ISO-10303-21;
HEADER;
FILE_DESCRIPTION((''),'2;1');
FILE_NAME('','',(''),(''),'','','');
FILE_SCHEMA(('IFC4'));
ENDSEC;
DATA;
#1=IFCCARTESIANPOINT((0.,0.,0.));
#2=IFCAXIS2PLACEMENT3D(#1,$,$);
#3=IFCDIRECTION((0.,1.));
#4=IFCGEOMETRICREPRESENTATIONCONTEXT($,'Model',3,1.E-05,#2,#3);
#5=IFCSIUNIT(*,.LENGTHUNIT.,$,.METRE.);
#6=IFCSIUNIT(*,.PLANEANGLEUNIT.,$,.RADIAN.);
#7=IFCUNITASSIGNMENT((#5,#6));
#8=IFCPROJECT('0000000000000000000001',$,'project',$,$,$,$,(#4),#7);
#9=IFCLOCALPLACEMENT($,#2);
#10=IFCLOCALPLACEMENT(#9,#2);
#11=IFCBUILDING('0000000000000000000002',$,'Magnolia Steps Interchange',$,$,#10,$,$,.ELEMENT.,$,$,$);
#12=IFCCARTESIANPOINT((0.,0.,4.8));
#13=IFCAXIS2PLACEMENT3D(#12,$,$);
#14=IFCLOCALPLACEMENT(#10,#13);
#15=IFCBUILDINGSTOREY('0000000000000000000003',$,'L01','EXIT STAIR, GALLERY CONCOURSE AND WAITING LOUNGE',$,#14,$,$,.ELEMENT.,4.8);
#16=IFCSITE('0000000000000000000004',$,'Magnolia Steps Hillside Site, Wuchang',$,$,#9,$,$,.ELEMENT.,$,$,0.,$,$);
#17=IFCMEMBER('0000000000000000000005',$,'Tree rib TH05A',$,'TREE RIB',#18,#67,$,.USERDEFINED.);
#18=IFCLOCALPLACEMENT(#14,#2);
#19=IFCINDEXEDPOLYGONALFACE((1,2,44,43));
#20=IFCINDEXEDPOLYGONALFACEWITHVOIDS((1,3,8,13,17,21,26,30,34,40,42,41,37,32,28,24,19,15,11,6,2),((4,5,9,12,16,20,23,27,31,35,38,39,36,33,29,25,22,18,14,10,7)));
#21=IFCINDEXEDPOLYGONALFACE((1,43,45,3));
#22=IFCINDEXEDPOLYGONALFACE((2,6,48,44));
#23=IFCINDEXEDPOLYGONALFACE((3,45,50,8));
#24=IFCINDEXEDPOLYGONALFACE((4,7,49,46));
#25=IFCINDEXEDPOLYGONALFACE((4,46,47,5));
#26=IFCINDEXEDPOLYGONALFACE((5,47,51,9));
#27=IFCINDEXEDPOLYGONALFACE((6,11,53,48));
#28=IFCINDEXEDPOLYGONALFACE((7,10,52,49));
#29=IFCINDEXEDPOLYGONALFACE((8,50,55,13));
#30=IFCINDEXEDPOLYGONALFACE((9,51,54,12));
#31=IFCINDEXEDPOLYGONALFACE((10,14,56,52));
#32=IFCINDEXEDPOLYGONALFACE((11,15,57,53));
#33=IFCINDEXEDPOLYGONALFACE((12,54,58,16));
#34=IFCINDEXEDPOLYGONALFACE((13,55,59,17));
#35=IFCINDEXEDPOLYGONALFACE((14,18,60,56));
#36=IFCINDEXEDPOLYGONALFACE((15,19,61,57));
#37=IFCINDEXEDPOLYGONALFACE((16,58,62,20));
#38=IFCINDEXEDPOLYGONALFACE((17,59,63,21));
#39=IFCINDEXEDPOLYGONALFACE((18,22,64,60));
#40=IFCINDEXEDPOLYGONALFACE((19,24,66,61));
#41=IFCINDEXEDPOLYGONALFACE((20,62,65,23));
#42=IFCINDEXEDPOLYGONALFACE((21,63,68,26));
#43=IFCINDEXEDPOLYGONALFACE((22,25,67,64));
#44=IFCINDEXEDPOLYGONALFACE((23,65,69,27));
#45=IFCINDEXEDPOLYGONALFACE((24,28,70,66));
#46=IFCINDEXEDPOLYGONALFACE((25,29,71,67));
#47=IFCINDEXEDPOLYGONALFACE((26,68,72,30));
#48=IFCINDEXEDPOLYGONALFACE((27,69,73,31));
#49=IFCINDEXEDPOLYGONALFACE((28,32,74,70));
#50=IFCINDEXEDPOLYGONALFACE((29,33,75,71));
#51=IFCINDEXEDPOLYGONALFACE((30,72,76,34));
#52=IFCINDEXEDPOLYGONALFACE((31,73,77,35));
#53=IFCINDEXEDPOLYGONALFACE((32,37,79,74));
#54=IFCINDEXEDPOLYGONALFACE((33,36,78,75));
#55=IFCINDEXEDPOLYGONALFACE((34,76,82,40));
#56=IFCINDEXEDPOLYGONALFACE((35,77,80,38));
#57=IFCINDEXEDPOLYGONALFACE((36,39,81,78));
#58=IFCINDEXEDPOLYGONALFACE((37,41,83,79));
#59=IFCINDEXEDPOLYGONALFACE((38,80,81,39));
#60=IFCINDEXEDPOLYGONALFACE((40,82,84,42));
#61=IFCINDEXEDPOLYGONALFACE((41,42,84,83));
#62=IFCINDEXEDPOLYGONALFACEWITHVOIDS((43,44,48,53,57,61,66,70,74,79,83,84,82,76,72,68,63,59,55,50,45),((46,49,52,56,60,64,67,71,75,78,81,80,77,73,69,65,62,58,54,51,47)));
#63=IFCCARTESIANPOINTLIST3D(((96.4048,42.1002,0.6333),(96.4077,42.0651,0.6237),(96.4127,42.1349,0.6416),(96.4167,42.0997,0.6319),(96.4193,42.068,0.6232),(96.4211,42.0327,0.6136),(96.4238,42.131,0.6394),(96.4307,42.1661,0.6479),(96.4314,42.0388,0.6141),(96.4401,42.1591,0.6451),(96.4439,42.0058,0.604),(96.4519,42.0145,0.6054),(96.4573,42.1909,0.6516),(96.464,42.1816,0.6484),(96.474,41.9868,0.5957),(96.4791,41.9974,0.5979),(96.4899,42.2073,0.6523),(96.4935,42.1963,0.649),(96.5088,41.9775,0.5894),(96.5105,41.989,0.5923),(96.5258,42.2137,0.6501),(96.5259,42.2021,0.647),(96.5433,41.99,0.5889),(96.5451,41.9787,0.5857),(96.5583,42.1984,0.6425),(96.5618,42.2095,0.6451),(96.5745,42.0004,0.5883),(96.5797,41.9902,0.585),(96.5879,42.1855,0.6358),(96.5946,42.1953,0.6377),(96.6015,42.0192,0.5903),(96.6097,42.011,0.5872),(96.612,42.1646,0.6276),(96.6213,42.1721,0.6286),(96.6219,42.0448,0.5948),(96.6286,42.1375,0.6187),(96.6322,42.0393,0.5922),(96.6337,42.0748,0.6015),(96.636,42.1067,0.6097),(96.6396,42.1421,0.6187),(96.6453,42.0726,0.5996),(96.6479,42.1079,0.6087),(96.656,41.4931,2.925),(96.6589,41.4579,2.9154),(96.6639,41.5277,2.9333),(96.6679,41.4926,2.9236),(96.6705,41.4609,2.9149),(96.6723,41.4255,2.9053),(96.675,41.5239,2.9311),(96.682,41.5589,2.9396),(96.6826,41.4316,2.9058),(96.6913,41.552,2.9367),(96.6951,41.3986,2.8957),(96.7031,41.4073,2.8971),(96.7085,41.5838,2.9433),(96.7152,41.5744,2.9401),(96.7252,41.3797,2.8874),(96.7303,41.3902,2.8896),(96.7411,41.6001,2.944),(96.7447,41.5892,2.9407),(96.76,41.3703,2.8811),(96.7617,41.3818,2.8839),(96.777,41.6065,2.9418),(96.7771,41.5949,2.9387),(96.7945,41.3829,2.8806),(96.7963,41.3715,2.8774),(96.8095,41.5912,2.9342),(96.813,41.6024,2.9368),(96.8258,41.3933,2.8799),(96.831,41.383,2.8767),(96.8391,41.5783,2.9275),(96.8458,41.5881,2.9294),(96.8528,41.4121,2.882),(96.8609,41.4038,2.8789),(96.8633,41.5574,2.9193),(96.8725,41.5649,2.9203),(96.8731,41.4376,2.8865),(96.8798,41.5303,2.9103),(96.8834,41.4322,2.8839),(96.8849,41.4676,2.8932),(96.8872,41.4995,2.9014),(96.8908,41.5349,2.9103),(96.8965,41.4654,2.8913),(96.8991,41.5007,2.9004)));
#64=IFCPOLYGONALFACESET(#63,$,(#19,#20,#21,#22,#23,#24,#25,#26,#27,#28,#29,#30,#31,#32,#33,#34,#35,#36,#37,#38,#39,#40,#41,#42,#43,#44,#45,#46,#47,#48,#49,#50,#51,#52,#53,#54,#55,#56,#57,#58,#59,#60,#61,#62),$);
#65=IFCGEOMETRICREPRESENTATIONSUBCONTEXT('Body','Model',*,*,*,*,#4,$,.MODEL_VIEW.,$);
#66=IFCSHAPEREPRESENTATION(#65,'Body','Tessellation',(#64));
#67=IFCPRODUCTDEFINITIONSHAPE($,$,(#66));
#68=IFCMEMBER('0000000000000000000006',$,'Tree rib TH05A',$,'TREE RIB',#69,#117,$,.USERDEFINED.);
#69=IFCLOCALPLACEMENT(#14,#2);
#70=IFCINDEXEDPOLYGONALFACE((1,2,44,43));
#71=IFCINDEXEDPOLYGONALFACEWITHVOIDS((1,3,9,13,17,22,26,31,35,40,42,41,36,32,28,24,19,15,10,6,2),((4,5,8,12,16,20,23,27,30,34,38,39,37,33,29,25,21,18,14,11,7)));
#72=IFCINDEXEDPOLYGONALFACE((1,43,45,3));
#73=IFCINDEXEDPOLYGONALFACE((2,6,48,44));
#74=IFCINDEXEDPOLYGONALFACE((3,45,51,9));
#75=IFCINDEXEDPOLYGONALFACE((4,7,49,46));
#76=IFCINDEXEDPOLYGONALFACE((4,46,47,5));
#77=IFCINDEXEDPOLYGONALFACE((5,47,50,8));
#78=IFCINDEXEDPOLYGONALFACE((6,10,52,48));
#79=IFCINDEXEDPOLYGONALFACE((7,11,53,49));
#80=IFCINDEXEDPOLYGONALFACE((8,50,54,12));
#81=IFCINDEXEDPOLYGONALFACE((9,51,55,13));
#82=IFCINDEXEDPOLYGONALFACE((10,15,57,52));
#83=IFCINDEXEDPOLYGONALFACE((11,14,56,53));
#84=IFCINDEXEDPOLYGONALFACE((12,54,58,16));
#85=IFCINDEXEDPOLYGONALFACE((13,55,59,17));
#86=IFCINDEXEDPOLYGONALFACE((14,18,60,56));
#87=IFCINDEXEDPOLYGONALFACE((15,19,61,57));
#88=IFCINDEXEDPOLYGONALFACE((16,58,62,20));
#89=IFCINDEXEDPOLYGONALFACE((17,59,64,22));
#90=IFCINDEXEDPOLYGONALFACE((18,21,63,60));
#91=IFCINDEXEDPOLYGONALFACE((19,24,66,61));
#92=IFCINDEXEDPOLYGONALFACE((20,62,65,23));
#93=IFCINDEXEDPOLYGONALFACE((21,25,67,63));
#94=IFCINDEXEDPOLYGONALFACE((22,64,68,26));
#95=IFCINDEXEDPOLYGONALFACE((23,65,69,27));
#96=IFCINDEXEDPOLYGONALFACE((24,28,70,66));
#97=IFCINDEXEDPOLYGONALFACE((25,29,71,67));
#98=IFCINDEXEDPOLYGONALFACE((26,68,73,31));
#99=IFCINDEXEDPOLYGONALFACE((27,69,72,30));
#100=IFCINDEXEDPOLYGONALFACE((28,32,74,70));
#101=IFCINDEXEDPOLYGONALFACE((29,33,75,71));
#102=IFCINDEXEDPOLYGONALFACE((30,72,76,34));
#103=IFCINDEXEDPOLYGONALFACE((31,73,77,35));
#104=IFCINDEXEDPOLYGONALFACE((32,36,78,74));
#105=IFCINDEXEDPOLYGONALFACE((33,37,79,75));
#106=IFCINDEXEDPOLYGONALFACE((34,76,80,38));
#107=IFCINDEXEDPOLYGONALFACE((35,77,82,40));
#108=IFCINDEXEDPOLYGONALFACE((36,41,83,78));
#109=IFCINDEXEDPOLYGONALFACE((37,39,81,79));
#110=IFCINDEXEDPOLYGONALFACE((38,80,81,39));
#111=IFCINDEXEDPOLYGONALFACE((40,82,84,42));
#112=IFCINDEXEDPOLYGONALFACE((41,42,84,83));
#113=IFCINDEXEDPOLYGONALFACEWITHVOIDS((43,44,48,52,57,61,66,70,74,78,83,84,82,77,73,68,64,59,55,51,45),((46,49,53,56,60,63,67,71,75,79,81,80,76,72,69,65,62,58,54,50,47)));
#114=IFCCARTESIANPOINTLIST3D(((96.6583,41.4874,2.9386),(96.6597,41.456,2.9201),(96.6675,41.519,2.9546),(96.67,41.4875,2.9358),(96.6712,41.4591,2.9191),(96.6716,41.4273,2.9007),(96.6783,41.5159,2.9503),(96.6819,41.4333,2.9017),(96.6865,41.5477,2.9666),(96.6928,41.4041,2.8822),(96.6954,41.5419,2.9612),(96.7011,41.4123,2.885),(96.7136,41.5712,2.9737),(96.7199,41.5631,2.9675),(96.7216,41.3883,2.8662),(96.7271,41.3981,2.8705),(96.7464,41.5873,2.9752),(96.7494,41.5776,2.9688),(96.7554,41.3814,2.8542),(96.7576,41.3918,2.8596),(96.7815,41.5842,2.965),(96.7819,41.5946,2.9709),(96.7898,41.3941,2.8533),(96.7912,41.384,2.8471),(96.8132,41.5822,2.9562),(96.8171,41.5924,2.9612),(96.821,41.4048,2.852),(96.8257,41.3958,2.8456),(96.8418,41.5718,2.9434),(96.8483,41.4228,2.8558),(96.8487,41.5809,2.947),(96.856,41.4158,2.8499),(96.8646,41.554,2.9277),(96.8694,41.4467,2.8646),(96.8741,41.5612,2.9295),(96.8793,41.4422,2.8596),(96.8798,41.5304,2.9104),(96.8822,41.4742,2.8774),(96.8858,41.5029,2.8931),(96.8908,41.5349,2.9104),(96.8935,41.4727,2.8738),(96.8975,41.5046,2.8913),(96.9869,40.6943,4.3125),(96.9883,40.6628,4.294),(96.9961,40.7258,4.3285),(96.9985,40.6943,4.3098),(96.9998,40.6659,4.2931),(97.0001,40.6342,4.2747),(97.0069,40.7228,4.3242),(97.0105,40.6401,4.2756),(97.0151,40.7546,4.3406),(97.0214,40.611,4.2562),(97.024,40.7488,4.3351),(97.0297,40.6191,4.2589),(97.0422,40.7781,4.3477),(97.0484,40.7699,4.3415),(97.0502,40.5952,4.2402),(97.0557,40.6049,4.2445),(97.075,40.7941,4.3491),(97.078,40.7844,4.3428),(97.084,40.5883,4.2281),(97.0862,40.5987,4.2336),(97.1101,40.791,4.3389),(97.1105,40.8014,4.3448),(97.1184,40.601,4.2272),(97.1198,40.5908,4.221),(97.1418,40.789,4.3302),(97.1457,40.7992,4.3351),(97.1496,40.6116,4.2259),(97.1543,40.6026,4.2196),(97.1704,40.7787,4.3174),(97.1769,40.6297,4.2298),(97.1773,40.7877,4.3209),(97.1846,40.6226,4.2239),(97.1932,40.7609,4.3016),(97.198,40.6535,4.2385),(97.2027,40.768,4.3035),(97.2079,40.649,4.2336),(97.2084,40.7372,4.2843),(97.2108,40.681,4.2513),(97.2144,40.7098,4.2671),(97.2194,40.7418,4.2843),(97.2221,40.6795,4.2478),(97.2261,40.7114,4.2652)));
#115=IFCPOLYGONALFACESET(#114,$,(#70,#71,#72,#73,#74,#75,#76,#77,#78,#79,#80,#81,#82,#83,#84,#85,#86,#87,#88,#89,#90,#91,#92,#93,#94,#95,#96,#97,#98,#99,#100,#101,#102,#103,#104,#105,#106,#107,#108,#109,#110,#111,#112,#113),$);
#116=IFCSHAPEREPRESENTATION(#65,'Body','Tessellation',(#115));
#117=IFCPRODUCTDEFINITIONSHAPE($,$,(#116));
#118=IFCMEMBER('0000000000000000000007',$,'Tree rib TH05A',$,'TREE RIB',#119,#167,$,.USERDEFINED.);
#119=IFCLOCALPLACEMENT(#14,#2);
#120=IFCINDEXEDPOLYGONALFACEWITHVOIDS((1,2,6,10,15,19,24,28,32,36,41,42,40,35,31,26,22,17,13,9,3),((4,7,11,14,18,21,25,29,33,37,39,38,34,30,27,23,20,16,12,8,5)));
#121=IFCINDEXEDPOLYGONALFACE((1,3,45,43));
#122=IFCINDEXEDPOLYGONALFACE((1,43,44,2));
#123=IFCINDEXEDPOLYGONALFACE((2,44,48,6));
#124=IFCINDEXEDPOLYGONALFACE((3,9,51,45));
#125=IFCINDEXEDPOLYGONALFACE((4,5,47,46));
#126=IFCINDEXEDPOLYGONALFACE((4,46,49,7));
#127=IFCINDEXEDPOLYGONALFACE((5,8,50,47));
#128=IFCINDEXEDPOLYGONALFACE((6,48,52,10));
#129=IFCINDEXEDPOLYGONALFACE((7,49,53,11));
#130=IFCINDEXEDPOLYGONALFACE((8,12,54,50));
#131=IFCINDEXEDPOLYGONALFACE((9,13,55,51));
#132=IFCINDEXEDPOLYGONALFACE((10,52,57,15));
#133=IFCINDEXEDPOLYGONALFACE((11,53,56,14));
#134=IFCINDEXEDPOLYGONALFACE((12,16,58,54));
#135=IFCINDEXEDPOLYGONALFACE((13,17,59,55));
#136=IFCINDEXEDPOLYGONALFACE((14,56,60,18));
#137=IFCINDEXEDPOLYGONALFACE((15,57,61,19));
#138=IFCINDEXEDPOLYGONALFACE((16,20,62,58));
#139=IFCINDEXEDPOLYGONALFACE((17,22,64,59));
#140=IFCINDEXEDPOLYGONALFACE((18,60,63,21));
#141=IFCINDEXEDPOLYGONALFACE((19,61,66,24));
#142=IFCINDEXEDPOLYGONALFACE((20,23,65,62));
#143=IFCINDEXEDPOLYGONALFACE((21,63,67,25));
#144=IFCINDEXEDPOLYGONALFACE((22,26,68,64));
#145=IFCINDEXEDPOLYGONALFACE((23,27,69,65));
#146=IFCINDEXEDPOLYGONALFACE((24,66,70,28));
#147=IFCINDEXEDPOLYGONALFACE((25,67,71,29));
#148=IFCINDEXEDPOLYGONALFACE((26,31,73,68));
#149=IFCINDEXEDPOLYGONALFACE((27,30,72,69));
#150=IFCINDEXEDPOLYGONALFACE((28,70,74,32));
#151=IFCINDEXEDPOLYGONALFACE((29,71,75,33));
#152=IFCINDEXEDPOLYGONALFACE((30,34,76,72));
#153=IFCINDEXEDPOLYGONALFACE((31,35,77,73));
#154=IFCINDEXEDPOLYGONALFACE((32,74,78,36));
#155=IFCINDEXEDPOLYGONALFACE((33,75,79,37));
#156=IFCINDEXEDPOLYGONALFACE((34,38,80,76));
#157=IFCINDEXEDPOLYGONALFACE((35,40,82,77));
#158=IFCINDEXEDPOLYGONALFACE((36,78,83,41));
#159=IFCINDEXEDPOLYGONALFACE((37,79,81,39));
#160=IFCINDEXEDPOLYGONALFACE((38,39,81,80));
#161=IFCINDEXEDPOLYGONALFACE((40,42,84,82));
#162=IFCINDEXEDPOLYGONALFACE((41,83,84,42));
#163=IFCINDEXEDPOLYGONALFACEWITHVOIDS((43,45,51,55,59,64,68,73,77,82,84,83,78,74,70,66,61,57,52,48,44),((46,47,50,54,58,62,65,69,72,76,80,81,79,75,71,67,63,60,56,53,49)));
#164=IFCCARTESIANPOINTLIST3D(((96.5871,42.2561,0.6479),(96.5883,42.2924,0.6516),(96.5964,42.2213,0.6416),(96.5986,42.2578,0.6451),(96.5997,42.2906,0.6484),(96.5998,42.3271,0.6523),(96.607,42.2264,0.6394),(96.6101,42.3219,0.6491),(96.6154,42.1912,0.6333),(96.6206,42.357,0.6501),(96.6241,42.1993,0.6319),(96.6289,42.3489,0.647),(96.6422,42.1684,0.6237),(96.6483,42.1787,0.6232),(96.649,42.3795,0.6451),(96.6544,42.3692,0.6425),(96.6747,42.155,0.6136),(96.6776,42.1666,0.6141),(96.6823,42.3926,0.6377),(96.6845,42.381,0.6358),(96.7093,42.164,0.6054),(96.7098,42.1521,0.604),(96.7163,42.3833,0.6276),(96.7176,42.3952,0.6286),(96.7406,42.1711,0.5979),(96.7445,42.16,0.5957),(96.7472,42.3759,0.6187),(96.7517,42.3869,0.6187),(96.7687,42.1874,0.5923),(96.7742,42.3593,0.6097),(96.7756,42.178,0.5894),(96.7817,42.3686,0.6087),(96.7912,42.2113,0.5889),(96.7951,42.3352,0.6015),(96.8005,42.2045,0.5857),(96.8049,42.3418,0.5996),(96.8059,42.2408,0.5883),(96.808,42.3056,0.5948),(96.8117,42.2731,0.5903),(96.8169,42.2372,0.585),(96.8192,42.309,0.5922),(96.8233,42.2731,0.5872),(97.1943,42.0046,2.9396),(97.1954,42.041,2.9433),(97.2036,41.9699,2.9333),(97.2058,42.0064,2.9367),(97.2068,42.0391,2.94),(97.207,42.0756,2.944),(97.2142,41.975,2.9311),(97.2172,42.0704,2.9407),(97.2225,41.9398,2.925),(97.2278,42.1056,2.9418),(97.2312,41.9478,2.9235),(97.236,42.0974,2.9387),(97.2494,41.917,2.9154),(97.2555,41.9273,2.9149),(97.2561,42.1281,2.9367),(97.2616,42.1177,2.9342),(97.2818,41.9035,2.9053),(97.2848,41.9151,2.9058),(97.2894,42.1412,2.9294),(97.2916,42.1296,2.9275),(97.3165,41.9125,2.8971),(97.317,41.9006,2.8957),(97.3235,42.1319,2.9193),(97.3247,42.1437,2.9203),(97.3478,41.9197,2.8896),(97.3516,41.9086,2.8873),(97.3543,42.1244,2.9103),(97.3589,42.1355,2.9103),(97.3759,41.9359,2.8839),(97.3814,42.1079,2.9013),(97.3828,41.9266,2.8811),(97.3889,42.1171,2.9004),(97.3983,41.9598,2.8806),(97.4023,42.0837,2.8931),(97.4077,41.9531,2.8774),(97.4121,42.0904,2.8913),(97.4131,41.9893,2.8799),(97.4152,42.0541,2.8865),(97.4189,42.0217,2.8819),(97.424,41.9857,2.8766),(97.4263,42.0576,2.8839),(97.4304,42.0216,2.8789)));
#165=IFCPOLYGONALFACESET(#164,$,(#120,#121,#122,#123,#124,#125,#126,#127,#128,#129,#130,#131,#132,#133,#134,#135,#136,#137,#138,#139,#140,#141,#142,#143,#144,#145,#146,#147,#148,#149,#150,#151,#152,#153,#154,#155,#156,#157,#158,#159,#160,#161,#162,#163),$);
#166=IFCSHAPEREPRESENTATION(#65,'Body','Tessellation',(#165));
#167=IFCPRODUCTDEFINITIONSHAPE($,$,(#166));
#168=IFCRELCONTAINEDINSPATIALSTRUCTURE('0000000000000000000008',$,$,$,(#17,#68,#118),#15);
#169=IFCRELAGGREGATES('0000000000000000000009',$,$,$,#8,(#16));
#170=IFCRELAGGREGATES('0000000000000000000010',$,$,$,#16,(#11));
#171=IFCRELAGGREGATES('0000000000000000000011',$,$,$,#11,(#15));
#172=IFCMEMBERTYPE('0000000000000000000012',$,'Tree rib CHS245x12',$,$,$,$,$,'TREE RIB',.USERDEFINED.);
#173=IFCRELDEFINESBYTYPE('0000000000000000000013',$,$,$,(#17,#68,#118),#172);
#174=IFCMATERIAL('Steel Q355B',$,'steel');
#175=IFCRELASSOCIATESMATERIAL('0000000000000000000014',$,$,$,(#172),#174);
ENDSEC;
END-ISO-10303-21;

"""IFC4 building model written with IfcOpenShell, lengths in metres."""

from ifc_helpers import new_model, si_unit, direction, frame, origin, origin_2d, place, context, subcontext, project, spatial, hollow_circle, extrude, material, material_profile, profile_set, type_object, element, save


model = new_model("IFC4")

# Units and contexts
model_context = context("Model", 3, precision=1e-05, world=origin(), true_north=direction((0.0, 1.0)))
body_context = subcontext(model_context, "Body", "Model", "MODEL_VIEW")
ifc_project = project(units=[si_unit("LENGTHUNIT", "METRE"), si_unit("PLANEANGLEUNIT", "RADIAN")], contexts=[model_context])

# Site, building, storey
site_placement = place(None, origin())
site = spatial("IfcSite", under=ifc_project, at=site_placement, Name="Magnolia Steps Hillside Site, Wuchang", CompositionType="ELEMENT", RefElevation=0.0)
building_placement = place(site_placement, origin())
building = spatial("IfcBuilding", under=site, at=building_placement, Name="Magnolia Steps Interchange", CompositionType="ELEMENT")
storey_placement = place(building_placement, frame((0.0, 0.0, 4.8)))
storey = spatial("IfcBuildingStorey", under=building, at=storey_placement, Name="L01", Description="EXIT STAIR, GALLERY CONCOURSE AND WAITING LOUNGE", CompositionType="ELEMENT", Elevation=4.8)

# Members
ifc_material_1 = material(Name="Steel Q355B", Category="steel")
ifc_material_profile_1 = material_profile(ifc_material_1, hollow_circle(Radius=0.1226, WallThickness=0.012, at=origin_2d()), Name="CHS245x12")
ifc_profile_set_1 = profile_set([ifc_material_profile_1], Name="Steel Q355B")
member_type_1 = type_object("IfcMemberType", Name="Tree rib CHS245x12", ElementType="TREE RIB", PredefinedType="USERDEFINED", material=ifc_profile_set_1)
member_1_placement = place(storey_placement, frame((96.5264, 42.0952, 0.6187), z_axis=(0.105374, -0.254679, 0.961267), x_axis=(0.92403, 0.382319, 0.0)))
element("IfcMember", 1, at=member_1_placement, inside=storey, type_object=member_type_1, Name="Tree rib TH05A", ObjectType="TREE RIB", PredefinedType="USERDEFINED", context=body_context, shape_type="SweptSolid", body=[
    extrude(hollow_circle(Radius=0.1226, WallThickness=0.012, at=origin_2d()), origin(), (0.0, 0.0, 1.0), 2.384),
])
member_2_placement = place(storey_placement, frame((96.7776, 41.488, 2.9104), z_axis=(0.20282, -0.489571, 0.848047), x_axis=(0.923857, 0.382737, 0.0)))
element("IfcMember", 2, at=member_2_placement, inside=storey, type_object=member_type_1, Name="Tree rib TH05A", ObjectType="TREE RIB", PredefinedType="USERDEFINED", context=body_context, shape_type="SweptSolid", body=[
    extrude(hollow_circle(Radius=0.1226, WallThickness=0.012, at=origin_2d()), origin(), (0.0, 0.0, 1.0), 1.6201),
])
member_3_placement = place(storey_placement, frame((96.7048, 42.2737, 0.6187), z_axis=(0.254676, -0.105475, 0.961257), x_axis=(0.382636, 0.923899, 0.0)))
element("IfcMember", 3, at=member_3_placement, inside=storey, type_object=member_type_1, Name="Tree rib TH05A", ObjectType="TREE RIB", PredefinedType="USERDEFINED", context=body_context, shape_type="SweptSolid", body=[
    extrude(hollow_circle(Radius=0.1226, WallThickness=0.012, at=origin_2d()), origin(), (0.0, 0.0, 1.0), 2.384),
])

save(model, "model.ifc")
